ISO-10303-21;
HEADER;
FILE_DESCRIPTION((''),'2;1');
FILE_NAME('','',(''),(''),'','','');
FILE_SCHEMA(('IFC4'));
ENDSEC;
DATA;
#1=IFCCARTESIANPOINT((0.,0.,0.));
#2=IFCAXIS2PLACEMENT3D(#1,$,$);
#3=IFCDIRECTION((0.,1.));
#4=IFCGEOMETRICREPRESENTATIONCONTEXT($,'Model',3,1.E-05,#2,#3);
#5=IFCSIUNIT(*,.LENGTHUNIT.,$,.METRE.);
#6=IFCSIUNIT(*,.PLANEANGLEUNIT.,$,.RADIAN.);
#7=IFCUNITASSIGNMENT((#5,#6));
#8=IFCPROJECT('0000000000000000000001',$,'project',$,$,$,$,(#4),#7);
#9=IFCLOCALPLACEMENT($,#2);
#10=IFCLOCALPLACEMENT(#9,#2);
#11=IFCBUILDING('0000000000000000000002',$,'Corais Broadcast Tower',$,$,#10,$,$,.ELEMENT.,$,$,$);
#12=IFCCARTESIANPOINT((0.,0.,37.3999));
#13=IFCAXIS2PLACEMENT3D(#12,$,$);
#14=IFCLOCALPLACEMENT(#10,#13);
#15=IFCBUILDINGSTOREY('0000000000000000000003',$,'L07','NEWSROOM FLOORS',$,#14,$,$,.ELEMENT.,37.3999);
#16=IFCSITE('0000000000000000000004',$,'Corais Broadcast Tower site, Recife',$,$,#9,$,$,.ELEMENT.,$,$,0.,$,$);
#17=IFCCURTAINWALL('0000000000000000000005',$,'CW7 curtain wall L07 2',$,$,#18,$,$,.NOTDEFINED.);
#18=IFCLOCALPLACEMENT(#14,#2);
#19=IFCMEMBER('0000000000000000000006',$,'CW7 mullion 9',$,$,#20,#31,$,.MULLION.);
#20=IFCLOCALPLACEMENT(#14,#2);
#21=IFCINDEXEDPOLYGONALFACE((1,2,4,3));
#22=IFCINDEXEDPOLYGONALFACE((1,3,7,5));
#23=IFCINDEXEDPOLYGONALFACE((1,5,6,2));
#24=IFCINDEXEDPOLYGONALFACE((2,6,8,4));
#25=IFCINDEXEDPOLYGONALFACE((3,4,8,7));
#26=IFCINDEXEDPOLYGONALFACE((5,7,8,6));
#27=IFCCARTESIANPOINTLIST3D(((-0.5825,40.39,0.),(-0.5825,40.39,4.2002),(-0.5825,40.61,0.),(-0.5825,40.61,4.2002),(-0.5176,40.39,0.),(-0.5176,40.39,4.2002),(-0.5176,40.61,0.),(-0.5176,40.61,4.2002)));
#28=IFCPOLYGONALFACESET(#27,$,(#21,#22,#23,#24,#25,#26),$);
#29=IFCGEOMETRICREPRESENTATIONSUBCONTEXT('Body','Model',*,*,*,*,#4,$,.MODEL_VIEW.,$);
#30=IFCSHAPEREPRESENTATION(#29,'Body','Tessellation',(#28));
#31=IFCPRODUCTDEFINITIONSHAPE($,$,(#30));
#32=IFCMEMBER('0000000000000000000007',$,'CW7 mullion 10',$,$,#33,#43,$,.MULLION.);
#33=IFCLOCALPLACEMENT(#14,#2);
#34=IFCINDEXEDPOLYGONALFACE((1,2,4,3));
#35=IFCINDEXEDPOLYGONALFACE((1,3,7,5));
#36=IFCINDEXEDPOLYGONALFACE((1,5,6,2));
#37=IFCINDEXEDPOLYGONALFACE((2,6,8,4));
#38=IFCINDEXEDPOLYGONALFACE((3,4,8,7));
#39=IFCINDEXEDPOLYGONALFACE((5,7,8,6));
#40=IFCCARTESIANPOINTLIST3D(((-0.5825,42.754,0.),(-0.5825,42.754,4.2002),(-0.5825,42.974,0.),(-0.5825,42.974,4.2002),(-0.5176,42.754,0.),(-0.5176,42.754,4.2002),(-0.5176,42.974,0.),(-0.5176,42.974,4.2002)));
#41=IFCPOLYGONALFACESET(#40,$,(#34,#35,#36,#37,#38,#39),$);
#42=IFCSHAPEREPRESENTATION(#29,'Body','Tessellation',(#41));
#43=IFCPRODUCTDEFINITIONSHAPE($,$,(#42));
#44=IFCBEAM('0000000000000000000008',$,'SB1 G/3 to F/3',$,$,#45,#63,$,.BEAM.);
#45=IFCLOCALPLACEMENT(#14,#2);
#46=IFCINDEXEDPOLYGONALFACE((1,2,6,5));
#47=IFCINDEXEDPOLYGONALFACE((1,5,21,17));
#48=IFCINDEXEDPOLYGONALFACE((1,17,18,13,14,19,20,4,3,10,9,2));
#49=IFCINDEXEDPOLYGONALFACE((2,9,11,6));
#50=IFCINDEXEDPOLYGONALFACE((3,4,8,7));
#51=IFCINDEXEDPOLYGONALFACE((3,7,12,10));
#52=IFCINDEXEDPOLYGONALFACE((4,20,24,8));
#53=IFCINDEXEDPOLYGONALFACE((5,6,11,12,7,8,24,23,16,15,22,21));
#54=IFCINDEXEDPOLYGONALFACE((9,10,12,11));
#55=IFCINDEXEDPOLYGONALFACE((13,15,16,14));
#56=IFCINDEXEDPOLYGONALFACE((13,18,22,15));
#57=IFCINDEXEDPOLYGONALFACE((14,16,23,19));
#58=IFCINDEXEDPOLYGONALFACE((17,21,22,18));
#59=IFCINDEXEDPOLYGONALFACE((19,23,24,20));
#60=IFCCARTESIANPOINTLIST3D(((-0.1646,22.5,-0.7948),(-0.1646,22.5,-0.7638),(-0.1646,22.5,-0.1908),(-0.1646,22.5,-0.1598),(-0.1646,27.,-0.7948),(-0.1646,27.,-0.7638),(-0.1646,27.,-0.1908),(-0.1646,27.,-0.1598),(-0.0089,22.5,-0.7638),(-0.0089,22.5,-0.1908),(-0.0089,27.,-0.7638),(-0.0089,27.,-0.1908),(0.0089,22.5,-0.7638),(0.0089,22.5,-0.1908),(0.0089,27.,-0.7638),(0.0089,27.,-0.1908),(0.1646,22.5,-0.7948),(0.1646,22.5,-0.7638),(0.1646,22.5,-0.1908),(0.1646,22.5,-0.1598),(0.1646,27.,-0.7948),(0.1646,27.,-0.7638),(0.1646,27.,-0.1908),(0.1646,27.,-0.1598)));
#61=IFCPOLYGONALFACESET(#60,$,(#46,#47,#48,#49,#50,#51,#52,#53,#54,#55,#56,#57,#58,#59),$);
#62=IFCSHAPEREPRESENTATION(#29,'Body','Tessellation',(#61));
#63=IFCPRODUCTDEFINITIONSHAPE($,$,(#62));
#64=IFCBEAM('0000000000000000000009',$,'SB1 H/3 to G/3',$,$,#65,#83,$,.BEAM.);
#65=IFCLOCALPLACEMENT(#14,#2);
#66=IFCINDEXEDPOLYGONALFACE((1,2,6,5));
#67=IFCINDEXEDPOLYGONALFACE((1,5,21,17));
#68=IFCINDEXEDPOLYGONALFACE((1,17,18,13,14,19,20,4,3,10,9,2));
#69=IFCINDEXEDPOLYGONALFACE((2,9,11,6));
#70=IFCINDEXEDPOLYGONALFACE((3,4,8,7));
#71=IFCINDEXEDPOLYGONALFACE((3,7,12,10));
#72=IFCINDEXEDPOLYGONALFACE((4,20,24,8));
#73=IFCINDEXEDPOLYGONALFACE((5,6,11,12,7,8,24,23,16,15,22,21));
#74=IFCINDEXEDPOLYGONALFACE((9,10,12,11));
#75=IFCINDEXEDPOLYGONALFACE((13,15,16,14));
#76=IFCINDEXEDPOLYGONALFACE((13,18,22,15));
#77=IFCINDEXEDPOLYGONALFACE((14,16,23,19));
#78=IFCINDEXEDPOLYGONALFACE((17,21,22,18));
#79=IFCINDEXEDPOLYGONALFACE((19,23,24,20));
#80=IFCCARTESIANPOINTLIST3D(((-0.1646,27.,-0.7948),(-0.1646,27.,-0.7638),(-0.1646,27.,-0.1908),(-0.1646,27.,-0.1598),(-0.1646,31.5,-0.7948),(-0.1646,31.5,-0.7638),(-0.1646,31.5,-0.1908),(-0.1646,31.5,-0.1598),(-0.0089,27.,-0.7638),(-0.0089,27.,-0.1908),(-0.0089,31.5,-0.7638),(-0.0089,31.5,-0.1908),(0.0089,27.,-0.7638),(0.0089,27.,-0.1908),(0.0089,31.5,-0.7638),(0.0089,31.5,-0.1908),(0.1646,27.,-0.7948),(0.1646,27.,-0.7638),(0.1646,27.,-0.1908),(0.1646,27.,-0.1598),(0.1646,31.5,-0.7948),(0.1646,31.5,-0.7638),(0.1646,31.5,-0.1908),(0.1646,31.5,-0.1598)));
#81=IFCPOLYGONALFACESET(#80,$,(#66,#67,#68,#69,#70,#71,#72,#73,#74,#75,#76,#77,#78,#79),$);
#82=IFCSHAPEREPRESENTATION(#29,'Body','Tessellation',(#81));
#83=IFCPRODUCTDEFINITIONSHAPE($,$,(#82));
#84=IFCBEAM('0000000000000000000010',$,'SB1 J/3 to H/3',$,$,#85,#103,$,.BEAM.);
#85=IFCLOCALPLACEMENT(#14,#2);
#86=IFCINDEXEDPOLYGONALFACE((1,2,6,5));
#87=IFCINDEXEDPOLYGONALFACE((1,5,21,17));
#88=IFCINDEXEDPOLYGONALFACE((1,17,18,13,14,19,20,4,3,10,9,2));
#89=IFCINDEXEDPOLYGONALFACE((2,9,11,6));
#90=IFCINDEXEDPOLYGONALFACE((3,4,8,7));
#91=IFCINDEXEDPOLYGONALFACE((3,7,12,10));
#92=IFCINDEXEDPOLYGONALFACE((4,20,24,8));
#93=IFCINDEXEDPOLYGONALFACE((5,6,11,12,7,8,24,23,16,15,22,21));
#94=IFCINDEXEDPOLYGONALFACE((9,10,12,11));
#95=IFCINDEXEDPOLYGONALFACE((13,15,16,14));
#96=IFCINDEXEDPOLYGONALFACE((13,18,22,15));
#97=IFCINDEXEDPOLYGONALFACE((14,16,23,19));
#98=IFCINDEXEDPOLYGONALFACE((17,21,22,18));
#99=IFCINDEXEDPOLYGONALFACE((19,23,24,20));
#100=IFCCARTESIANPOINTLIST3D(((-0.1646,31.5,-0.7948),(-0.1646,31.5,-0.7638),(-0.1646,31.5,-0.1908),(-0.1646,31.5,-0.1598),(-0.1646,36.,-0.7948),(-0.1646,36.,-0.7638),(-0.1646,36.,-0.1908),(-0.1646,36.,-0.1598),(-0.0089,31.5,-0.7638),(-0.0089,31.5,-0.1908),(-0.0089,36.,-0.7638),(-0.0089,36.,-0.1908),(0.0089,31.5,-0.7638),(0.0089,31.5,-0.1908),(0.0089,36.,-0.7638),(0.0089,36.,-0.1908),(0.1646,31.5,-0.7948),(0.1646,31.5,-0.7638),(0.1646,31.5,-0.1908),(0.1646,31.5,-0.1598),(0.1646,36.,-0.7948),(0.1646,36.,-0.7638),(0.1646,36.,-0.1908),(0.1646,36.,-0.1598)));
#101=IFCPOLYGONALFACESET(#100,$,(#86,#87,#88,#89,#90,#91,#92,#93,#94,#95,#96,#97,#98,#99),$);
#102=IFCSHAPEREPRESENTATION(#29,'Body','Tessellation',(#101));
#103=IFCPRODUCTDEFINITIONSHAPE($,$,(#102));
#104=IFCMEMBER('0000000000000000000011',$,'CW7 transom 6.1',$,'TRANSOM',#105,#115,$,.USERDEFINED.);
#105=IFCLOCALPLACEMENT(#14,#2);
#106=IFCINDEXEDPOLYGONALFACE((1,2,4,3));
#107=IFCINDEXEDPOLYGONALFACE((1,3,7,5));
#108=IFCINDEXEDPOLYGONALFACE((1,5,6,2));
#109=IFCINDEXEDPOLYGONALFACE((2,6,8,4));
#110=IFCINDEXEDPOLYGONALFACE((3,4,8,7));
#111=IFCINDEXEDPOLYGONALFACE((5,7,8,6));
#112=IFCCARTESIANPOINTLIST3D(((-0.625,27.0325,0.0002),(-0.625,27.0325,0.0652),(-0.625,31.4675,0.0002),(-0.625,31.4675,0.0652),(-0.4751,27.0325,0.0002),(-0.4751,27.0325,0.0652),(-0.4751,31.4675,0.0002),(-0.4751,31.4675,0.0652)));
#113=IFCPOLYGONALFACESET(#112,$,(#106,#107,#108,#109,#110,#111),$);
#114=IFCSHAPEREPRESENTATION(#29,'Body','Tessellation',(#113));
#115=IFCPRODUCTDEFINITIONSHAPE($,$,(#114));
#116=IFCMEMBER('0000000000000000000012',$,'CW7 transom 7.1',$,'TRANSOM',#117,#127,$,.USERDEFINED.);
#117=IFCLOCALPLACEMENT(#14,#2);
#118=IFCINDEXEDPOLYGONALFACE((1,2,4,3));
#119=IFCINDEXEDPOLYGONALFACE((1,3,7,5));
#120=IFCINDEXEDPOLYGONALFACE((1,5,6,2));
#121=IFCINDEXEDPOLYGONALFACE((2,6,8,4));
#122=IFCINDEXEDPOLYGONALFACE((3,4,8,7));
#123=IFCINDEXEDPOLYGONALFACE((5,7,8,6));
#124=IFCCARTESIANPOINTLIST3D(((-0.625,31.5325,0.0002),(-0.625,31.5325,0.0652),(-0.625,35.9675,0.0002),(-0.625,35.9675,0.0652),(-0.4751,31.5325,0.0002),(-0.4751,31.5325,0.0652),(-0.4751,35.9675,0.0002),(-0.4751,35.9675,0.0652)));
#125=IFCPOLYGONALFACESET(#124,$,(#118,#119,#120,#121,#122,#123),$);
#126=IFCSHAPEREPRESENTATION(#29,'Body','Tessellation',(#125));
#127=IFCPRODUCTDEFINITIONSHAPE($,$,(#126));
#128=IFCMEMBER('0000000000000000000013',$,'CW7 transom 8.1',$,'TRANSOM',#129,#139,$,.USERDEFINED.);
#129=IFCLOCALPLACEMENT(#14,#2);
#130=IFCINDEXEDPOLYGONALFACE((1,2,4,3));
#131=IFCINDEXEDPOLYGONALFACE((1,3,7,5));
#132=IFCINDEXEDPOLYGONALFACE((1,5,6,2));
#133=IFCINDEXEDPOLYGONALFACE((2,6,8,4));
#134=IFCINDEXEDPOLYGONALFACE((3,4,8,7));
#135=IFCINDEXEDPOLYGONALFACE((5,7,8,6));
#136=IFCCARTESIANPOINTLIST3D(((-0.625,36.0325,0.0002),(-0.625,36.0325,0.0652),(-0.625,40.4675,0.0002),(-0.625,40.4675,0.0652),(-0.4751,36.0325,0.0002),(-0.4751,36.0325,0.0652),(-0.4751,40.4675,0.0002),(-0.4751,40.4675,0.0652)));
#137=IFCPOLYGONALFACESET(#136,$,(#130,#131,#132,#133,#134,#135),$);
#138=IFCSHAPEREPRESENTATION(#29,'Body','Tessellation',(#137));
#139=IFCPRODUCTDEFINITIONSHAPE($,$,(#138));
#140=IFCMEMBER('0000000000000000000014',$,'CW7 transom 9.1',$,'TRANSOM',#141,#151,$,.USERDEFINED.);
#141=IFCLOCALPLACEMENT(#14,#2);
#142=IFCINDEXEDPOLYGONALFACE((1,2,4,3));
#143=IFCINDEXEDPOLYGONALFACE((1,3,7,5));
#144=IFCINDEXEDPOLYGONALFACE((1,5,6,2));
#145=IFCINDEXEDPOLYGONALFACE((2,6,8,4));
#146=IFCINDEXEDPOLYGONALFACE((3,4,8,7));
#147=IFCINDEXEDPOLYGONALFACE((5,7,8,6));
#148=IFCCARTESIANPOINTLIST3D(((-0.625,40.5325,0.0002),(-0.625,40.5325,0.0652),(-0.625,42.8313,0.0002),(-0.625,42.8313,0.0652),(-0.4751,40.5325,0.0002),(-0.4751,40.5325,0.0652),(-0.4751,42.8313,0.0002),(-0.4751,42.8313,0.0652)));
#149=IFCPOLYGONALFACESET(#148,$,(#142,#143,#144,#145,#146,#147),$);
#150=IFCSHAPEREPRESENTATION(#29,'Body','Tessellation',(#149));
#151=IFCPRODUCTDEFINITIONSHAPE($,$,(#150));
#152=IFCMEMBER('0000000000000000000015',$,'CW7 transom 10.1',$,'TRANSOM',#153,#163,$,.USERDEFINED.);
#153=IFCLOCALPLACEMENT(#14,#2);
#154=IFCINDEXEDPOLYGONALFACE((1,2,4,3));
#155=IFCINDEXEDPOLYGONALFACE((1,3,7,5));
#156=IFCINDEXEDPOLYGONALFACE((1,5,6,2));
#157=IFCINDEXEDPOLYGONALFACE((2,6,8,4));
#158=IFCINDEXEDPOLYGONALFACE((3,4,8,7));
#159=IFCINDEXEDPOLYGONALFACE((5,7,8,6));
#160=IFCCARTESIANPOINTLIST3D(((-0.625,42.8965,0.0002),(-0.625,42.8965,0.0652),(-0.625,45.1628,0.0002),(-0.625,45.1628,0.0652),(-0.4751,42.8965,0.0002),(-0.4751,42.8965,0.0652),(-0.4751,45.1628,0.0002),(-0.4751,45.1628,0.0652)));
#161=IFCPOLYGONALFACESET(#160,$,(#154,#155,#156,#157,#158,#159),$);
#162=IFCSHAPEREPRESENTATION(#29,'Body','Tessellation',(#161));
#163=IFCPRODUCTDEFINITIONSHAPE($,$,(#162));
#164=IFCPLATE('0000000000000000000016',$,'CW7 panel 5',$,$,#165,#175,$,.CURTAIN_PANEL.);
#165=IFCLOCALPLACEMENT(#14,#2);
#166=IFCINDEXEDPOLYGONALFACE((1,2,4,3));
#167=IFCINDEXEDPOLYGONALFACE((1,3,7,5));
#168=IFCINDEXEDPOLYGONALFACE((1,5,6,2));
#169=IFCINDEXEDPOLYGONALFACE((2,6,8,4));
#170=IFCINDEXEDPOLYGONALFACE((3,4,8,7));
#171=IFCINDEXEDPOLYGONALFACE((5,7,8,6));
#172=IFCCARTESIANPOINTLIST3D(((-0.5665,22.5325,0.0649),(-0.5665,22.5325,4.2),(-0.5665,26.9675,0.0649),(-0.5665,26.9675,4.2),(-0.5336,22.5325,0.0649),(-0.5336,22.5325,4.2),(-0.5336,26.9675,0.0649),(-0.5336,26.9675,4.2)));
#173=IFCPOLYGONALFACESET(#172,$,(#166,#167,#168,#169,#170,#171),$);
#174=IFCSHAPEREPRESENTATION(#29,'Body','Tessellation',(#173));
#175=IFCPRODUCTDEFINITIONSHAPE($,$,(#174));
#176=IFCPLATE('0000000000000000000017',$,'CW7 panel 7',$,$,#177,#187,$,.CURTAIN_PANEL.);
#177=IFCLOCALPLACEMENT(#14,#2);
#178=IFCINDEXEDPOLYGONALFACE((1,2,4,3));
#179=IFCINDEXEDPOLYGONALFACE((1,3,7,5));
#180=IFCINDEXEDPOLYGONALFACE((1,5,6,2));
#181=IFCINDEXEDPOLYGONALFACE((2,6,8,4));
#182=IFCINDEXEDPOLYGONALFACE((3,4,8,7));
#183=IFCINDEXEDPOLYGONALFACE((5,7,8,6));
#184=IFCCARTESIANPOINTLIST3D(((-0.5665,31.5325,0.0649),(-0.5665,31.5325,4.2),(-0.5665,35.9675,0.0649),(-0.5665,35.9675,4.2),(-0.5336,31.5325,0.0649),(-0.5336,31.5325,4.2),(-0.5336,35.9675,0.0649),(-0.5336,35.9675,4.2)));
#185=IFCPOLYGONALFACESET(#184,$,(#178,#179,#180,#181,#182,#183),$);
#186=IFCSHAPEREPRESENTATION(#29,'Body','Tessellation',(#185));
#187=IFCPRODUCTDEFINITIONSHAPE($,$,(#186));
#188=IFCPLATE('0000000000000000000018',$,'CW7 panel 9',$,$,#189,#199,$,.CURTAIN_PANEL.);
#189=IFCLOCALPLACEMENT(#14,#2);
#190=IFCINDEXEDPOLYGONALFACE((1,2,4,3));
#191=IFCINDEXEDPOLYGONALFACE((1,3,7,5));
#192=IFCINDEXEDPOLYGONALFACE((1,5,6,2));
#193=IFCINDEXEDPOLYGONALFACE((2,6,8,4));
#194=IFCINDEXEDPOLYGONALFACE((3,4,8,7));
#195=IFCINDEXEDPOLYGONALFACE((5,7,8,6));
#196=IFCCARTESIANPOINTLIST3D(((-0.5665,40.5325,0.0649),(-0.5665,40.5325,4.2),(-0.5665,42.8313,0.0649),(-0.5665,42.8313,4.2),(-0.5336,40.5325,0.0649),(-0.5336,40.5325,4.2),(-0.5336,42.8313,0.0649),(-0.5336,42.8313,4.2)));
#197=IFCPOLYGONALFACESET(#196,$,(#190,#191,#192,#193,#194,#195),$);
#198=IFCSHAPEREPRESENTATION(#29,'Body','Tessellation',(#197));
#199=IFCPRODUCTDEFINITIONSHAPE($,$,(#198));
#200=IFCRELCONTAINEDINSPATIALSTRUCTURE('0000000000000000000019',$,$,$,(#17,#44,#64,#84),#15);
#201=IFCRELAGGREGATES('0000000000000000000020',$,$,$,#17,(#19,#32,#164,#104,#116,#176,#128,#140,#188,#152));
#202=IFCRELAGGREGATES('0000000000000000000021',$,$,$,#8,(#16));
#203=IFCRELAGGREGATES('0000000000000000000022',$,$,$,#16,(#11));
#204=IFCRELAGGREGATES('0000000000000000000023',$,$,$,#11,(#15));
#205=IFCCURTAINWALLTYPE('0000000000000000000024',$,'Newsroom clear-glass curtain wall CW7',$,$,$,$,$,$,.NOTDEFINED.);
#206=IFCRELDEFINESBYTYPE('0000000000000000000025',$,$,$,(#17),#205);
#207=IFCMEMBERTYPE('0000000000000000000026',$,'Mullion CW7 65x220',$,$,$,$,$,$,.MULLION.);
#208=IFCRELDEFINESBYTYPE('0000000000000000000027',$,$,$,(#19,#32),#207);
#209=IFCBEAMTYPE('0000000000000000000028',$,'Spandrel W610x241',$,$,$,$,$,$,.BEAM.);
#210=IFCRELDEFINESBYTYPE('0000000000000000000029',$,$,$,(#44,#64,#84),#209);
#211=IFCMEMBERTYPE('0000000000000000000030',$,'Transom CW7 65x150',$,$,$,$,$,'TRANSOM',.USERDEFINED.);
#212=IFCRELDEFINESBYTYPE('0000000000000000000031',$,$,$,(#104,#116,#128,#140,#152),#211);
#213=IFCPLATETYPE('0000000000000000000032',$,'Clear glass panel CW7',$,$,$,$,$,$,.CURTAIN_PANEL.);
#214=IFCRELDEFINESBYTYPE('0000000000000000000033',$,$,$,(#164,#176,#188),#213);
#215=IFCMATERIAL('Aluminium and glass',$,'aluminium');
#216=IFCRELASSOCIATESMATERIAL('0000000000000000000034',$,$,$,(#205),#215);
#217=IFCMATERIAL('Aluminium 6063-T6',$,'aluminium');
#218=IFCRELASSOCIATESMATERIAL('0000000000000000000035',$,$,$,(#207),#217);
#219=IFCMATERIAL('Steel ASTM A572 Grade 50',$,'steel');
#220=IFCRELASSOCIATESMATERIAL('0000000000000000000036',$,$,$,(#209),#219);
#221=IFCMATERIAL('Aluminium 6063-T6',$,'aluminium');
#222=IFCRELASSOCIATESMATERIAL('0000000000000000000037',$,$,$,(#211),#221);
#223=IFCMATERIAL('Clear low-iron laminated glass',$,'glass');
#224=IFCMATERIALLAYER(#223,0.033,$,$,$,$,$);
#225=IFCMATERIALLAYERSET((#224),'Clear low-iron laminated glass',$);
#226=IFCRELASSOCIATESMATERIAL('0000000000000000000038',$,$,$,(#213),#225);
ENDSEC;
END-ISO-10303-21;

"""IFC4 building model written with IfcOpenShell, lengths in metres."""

from ifc_helpers import new_model, si_unit, direction, frame, origin, origin_2d, place, context, subcontext, project, spatial, rectangle, i_section, extrude, material, layer, layer_set, material_profile, profile_set, type_object, element, aggregate, save


model = new_model("IFC4")

# Units and contexts
model_context = context("Model", 3, precision=1e-05, world=origin(), true_north=direction((0.0, 1.0)))
body_context = subcontext(model_context, "Body", "Model", "MODEL_VIEW")
ifc_project = project(units=[si_unit("LENGTHUNIT", "METRE"), si_unit("PLANEANGLEUNIT", "RADIAN")], contexts=[model_context])

# Site, building, storey
site_placement = place(None, origin())
site = spatial("IfcSite", under=ifc_project, at=site_placement, Name="Corais Broadcast Tower site, Recife", CompositionType="ELEMENT", RefElevation=0.0)
building_placement = place(site_placement, origin())
building = spatial("IfcBuilding", under=site, at=building_placement, Name="Corais Broadcast Tower", CompositionType="ELEMENT")
storey_placement = place(building_placement, frame((0.0, 0.0, 37.3999)))
storey = spatial("IfcBuildingStorey", under=building, at=storey_placement, Name="L07", Description="NEWSROOM FLOORS", CompositionType="ELEMENT", Elevation=37.3999)

# Curtain wall, members
ifc_material_1 = material(Name="Aluminium and glass", Category="aluminium")
curtain_wall_type = type_object("IfcCurtainWallType", Name="Newsroom clear-glass curtain wall CW7", PredefinedType="NOTDEFINED", material=ifc_material_1)
curtain_wall_placement = place(storey_placement, origin())
curtain_wall = element("IfcCurtainWall", 1, at=curtain_wall_placement, inside=storey, type_object=curtain_wall_type, Name="CW7 curtain wall L07 2", PredefinedType="NOTDEFINED")
ifc_material_2 = material(Name="Aluminium 6063-T6", Category="aluminium")
ifc_material_profile_1 = material_profile(ifc_material_2, rectangle(XDim=0.0649, YDim=0.22, at=origin_2d()), Name="Mullion CW7 65x220")
ifc_profile_set_1 = profile_set([ifc_material_profile_1], Name="Aluminium 6063-T6")
member_type_1 = type_object("IfcMemberType", Name="Mullion CW7 65x220", PredefinedType="MULLION", material=ifc_profile_set_1)
member_1_placement = place(storey_placement, frame((-0.55, 40.5, 0.0), z_axis=(0.0, 0.0, 1.0), x_axis=(-1.0, 0.0, 0.0)))
member_1 = element("IfcMember", 2, at=member_1_placement, type_object=member_type_1, Name="CW7 mullion 9", PredefinedType="MULLION", context=body_context, shape_type="SweptSolid", body=[
    extrude(rectangle(XDim=0.0649, YDim=0.22, at=origin_2d()), origin(), (0.0, 0.0, 1.0), 4.2002),
])
member_2_placement = place(storey_placement, frame((-0.55, 42.864, 0.0), z_axis=(0.0, 0.0, 1.0), x_axis=(-1.0, 0.0, 0.0)))
member_2 = element("IfcMember", 3, at=member_2_placement, type_object=member_type_1, Name="CW7 mullion 10", PredefinedType="MULLION", context=body_context, shape_type="SweptSolid", body=[
    extrude(rectangle(XDim=0.0649, YDim=0.22, at=origin_2d()), origin(), (0.0, 0.0, 1.0), 4.2002),
])

# Beams
ifc_material_3 = material(Name="Steel ASTM A572 Grade 50", Category="steel")
ifc_material_profile_2 = material_profile(ifc_material_3, i_section(OverallWidth=0.3291, OverallDepth=0.635, WebThickness=0.0178, FlangeThickness=0.031, at=origin_2d()), Name="W610x241")
ifc_profile_set_2 = profile_set([ifc_material_profile_2], Name="Steel ASTM A572 Grade 50")
beam_type_1 = type_object("IfcBeamType", Name="Spandrel W610x241", PredefinedType="BEAM", material=ifc_profile_set_2)
for number, where, z_axis, x_axis, name in (
    (4, (0.0, 27.0, -0.4773), (0.0, -1.0, 0.0), (1.0, 0.0, 0.0), "SB1 G/3 to F/3"),
    (5, (0.0, 31.5, -0.4773), (0.0, -1.0, 0.0), (1.0, 0.0, 0.0), "SB1 H/3 to G/3"),
    (6, (0.0, 36.0, -0.4773), (0.0, -1.0, 0.0), (1.0, 0.0, 0.0), "SB1 J/3 to H/3"),
):
    element("IfcBeam", number, at=place(storey_placement, frame(where, z_axis=z_axis, x_axis=x_axis)), inside=storey, type_object=beam_type_1, Name=name, PredefinedType="BEAM", context=body_context, shape_type="SweptSolid", body=[
        extrude(i_section(OverallWidth=0.3291, OverallDepth=0.635, WebThickness=0.0178, FlangeThickness=0.031, at=origin_2d()), origin(), (0.0, 0.0, 1.0), 4.5),
    ])

# Members
ifc_material_4 = material(Name="Aluminium 6063-T6", Category="aluminium")
ifc_material_profile_3 = material_profile(ifc_material_4, rectangle(XDim=0.1499, YDim=0.0649, at=origin_2d()), Name="Transom CW7 65x150")
ifc_profile_set_3 = profile_set([ifc_material_profile_3], Name="Aluminium 6063-T6")
member_type_2 = type_object("IfcMemberType", Name="Transom CW7 65x150", ElementType="TRANSOM", PredefinedType="USERDEFINED", material=ifc_profile_set_3)
member_3_placement = place(storey_placement, frame((-0.55, 27.0325, 0.0327), z_axis=(0.0, 1.0, 0.0), x_axis=(-1.0, 0.0, 0.0)))
member_3 = element("IfcMember", 7, at=member_3_placement, type_object=member_type_2, Name="CW7 transom 6.1", ObjectType="TRANSOM", PredefinedType="USERDEFINED", context=body_context, shape_type="SweptSolid", body=[
    extrude(rectangle(XDim=0.1499, YDim=0.0649, at=origin_2d()), origin(), (0.0, 0.0, 1.0), 4.4351),
])
member_4_placement = place(storey_placement, frame((-0.55, 31.5325, 0.0327), z_axis=(0.0, 1.0, 0.0), x_axis=(-1.0, 0.0, 0.0)))
member_4 = element("IfcMember", 8, at=member_4_placement, type_object=member_type_2, Name="CW7 transom 7.1", ObjectType="TRANSOM", PredefinedType="USERDEFINED", context=body_context, shape_type="SweptSolid", body=[
    extrude(rectangle(XDim=0.1499, YDim=0.0649, at=origin_2d()), origin(), (0.0, 0.0, 1.0), 4.4351),
])
member_5_placement = place(storey_placement, frame((-0.55, 36.0325, 0.0327), z_axis=(0.0, 1.0, 0.0), x_axis=(-1.0, 0.0, 0.0)))
member_5 = element("IfcMember", 9, at=member_5_placement, type_object=member_type_2, Name="CW7 transom 8.1", ObjectType="TRANSOM", PredefinedType="USERDEFINED", context=body_context, shape_type="SweptSolid", body=[
    extrude(rectangle(XDim=0.1499, YDim=0.0649, at=origin_2d()), origin(), (0.0, 0.0, 1.0), 4.4351),
])
member_6_placement = place(storey_placement, frame((-0.55, 40.5325, 0.0327), z_axis=(0.0, 1.0, 0.0), x_axis=(-1.0, 0.0, 0.0)))
member_6 = element("IfcMember", 10, at=member_6_placement, type_object=member_type_2, Name="CW7 transom 9.1", ObjectType="TRANSOM", PredefinedType="USERDEFINED", context=body_context, shape_type="SweptSolid", body=[
    extrude(rectangle(XDim=0.1499, YDim=0.0649, at=origin_2d()), origin(), (0.0, 0.0, 1.0), 2.2988),
])
member_7_placement = place(storey_placement, frame((-0.55, 42.8965, 0.0327), z_axis=(0.0, 1.0, 0.0), x_axis=(-1.0, 0.0, 0.0)))
member_7 = element("IfcMember", 11, at=member_7_placement, type_object=member_type_2, Name="CW7 transom 10.1", ObjectType="TRANSOM", PredefinedType="USERDEFINED", context=body_context, shape_type="SweptSolid", body=[
    extrude(rectangle(XDim=0.1499, YDim=0.0649, at=origin_2d()), origin(), (0.0, 0.0, 1.0), 2.2664),
])

# Plates
ifc_material_5 = material(Name="Clear low-iron laminated glass", Category="glass")
ifc_layer_1 = layer(ifc_material_5, 0.033)
ifc_layer_set_1 = layer_set([ifc_layer_1], Name="Clear low-iron laminated glass")
plate_type_1 = type_object("IfcPlateType", Name="Clear glass panel CW7", PredefinedType="CURTAIN_PANEL", material=ifc_layer_set_1)
plate_1_placement = place(storey_placement, frame((-0.55, 24.75, 0.0649), z_axis=(0.0, 0.0, 1.0), x_axis=(0.0, 1.0, 0.0)))
plate_1 = element("IfcPlate", 12, at=plate_1_placement, type_object=plate_type_1, Name="CW7 panel 5", PredefinedType="CURTAIN_PANEL", context=body_context, shape_type="SweptSolid", body=[
    extrude(rectangle(XDim=4.4351, YDim=0.033, at=origin_2d()), origin(), (0.0, 0.0, 1.0), 4.135),
])
plate_2_placement = place(storey_placement, frame((-0.55, 33.75, 0.0649), z_axis=(0.0, 0.0, 1.0), x_axis=(0.0, 1.0, 0.0)))
plate_2 = element("IfcPlate", 13, at=plate_2_placement, type_object=plate_type_1, Name="CW7 panel 7", PredefinedType="CURTAIN_PANEL", context=body_context, shape_type="SweptSolid", body=[
    extrude(rectangle(XDim=4.4351, YDim=0.033, at=origin_2d()), origin(), (0.0, 0.0, 1.0), 4.135),
])
plate_3_placement = place(storey_placement, frame((-0.55, 41.6819, 0.0649), z_axis=(0.0, 0.0, 1.0), x_axis=(0.0, 1.0, 0.0)))
plate_3 = element("IfcPlate", 14, at=plate_3_placement, type_object=plate_type_1, Name="CW7 panel 9", PredefinedType="CURTAIN_PANEL", context=body_context, shape_type="SweptSolid", body=[
    extrude(rectangle(XDim=2.2988, YDim=0.033, at=origin_2d()), origin(), (0.0, 0.0, 1.0), 4.135),
])
aggregate(curtain_wall, [member_1, member_2, plate_1, member_3, member_4, plate_2, member_5, member_6, plate_3, member_7])

save(model, "model.ifc")
